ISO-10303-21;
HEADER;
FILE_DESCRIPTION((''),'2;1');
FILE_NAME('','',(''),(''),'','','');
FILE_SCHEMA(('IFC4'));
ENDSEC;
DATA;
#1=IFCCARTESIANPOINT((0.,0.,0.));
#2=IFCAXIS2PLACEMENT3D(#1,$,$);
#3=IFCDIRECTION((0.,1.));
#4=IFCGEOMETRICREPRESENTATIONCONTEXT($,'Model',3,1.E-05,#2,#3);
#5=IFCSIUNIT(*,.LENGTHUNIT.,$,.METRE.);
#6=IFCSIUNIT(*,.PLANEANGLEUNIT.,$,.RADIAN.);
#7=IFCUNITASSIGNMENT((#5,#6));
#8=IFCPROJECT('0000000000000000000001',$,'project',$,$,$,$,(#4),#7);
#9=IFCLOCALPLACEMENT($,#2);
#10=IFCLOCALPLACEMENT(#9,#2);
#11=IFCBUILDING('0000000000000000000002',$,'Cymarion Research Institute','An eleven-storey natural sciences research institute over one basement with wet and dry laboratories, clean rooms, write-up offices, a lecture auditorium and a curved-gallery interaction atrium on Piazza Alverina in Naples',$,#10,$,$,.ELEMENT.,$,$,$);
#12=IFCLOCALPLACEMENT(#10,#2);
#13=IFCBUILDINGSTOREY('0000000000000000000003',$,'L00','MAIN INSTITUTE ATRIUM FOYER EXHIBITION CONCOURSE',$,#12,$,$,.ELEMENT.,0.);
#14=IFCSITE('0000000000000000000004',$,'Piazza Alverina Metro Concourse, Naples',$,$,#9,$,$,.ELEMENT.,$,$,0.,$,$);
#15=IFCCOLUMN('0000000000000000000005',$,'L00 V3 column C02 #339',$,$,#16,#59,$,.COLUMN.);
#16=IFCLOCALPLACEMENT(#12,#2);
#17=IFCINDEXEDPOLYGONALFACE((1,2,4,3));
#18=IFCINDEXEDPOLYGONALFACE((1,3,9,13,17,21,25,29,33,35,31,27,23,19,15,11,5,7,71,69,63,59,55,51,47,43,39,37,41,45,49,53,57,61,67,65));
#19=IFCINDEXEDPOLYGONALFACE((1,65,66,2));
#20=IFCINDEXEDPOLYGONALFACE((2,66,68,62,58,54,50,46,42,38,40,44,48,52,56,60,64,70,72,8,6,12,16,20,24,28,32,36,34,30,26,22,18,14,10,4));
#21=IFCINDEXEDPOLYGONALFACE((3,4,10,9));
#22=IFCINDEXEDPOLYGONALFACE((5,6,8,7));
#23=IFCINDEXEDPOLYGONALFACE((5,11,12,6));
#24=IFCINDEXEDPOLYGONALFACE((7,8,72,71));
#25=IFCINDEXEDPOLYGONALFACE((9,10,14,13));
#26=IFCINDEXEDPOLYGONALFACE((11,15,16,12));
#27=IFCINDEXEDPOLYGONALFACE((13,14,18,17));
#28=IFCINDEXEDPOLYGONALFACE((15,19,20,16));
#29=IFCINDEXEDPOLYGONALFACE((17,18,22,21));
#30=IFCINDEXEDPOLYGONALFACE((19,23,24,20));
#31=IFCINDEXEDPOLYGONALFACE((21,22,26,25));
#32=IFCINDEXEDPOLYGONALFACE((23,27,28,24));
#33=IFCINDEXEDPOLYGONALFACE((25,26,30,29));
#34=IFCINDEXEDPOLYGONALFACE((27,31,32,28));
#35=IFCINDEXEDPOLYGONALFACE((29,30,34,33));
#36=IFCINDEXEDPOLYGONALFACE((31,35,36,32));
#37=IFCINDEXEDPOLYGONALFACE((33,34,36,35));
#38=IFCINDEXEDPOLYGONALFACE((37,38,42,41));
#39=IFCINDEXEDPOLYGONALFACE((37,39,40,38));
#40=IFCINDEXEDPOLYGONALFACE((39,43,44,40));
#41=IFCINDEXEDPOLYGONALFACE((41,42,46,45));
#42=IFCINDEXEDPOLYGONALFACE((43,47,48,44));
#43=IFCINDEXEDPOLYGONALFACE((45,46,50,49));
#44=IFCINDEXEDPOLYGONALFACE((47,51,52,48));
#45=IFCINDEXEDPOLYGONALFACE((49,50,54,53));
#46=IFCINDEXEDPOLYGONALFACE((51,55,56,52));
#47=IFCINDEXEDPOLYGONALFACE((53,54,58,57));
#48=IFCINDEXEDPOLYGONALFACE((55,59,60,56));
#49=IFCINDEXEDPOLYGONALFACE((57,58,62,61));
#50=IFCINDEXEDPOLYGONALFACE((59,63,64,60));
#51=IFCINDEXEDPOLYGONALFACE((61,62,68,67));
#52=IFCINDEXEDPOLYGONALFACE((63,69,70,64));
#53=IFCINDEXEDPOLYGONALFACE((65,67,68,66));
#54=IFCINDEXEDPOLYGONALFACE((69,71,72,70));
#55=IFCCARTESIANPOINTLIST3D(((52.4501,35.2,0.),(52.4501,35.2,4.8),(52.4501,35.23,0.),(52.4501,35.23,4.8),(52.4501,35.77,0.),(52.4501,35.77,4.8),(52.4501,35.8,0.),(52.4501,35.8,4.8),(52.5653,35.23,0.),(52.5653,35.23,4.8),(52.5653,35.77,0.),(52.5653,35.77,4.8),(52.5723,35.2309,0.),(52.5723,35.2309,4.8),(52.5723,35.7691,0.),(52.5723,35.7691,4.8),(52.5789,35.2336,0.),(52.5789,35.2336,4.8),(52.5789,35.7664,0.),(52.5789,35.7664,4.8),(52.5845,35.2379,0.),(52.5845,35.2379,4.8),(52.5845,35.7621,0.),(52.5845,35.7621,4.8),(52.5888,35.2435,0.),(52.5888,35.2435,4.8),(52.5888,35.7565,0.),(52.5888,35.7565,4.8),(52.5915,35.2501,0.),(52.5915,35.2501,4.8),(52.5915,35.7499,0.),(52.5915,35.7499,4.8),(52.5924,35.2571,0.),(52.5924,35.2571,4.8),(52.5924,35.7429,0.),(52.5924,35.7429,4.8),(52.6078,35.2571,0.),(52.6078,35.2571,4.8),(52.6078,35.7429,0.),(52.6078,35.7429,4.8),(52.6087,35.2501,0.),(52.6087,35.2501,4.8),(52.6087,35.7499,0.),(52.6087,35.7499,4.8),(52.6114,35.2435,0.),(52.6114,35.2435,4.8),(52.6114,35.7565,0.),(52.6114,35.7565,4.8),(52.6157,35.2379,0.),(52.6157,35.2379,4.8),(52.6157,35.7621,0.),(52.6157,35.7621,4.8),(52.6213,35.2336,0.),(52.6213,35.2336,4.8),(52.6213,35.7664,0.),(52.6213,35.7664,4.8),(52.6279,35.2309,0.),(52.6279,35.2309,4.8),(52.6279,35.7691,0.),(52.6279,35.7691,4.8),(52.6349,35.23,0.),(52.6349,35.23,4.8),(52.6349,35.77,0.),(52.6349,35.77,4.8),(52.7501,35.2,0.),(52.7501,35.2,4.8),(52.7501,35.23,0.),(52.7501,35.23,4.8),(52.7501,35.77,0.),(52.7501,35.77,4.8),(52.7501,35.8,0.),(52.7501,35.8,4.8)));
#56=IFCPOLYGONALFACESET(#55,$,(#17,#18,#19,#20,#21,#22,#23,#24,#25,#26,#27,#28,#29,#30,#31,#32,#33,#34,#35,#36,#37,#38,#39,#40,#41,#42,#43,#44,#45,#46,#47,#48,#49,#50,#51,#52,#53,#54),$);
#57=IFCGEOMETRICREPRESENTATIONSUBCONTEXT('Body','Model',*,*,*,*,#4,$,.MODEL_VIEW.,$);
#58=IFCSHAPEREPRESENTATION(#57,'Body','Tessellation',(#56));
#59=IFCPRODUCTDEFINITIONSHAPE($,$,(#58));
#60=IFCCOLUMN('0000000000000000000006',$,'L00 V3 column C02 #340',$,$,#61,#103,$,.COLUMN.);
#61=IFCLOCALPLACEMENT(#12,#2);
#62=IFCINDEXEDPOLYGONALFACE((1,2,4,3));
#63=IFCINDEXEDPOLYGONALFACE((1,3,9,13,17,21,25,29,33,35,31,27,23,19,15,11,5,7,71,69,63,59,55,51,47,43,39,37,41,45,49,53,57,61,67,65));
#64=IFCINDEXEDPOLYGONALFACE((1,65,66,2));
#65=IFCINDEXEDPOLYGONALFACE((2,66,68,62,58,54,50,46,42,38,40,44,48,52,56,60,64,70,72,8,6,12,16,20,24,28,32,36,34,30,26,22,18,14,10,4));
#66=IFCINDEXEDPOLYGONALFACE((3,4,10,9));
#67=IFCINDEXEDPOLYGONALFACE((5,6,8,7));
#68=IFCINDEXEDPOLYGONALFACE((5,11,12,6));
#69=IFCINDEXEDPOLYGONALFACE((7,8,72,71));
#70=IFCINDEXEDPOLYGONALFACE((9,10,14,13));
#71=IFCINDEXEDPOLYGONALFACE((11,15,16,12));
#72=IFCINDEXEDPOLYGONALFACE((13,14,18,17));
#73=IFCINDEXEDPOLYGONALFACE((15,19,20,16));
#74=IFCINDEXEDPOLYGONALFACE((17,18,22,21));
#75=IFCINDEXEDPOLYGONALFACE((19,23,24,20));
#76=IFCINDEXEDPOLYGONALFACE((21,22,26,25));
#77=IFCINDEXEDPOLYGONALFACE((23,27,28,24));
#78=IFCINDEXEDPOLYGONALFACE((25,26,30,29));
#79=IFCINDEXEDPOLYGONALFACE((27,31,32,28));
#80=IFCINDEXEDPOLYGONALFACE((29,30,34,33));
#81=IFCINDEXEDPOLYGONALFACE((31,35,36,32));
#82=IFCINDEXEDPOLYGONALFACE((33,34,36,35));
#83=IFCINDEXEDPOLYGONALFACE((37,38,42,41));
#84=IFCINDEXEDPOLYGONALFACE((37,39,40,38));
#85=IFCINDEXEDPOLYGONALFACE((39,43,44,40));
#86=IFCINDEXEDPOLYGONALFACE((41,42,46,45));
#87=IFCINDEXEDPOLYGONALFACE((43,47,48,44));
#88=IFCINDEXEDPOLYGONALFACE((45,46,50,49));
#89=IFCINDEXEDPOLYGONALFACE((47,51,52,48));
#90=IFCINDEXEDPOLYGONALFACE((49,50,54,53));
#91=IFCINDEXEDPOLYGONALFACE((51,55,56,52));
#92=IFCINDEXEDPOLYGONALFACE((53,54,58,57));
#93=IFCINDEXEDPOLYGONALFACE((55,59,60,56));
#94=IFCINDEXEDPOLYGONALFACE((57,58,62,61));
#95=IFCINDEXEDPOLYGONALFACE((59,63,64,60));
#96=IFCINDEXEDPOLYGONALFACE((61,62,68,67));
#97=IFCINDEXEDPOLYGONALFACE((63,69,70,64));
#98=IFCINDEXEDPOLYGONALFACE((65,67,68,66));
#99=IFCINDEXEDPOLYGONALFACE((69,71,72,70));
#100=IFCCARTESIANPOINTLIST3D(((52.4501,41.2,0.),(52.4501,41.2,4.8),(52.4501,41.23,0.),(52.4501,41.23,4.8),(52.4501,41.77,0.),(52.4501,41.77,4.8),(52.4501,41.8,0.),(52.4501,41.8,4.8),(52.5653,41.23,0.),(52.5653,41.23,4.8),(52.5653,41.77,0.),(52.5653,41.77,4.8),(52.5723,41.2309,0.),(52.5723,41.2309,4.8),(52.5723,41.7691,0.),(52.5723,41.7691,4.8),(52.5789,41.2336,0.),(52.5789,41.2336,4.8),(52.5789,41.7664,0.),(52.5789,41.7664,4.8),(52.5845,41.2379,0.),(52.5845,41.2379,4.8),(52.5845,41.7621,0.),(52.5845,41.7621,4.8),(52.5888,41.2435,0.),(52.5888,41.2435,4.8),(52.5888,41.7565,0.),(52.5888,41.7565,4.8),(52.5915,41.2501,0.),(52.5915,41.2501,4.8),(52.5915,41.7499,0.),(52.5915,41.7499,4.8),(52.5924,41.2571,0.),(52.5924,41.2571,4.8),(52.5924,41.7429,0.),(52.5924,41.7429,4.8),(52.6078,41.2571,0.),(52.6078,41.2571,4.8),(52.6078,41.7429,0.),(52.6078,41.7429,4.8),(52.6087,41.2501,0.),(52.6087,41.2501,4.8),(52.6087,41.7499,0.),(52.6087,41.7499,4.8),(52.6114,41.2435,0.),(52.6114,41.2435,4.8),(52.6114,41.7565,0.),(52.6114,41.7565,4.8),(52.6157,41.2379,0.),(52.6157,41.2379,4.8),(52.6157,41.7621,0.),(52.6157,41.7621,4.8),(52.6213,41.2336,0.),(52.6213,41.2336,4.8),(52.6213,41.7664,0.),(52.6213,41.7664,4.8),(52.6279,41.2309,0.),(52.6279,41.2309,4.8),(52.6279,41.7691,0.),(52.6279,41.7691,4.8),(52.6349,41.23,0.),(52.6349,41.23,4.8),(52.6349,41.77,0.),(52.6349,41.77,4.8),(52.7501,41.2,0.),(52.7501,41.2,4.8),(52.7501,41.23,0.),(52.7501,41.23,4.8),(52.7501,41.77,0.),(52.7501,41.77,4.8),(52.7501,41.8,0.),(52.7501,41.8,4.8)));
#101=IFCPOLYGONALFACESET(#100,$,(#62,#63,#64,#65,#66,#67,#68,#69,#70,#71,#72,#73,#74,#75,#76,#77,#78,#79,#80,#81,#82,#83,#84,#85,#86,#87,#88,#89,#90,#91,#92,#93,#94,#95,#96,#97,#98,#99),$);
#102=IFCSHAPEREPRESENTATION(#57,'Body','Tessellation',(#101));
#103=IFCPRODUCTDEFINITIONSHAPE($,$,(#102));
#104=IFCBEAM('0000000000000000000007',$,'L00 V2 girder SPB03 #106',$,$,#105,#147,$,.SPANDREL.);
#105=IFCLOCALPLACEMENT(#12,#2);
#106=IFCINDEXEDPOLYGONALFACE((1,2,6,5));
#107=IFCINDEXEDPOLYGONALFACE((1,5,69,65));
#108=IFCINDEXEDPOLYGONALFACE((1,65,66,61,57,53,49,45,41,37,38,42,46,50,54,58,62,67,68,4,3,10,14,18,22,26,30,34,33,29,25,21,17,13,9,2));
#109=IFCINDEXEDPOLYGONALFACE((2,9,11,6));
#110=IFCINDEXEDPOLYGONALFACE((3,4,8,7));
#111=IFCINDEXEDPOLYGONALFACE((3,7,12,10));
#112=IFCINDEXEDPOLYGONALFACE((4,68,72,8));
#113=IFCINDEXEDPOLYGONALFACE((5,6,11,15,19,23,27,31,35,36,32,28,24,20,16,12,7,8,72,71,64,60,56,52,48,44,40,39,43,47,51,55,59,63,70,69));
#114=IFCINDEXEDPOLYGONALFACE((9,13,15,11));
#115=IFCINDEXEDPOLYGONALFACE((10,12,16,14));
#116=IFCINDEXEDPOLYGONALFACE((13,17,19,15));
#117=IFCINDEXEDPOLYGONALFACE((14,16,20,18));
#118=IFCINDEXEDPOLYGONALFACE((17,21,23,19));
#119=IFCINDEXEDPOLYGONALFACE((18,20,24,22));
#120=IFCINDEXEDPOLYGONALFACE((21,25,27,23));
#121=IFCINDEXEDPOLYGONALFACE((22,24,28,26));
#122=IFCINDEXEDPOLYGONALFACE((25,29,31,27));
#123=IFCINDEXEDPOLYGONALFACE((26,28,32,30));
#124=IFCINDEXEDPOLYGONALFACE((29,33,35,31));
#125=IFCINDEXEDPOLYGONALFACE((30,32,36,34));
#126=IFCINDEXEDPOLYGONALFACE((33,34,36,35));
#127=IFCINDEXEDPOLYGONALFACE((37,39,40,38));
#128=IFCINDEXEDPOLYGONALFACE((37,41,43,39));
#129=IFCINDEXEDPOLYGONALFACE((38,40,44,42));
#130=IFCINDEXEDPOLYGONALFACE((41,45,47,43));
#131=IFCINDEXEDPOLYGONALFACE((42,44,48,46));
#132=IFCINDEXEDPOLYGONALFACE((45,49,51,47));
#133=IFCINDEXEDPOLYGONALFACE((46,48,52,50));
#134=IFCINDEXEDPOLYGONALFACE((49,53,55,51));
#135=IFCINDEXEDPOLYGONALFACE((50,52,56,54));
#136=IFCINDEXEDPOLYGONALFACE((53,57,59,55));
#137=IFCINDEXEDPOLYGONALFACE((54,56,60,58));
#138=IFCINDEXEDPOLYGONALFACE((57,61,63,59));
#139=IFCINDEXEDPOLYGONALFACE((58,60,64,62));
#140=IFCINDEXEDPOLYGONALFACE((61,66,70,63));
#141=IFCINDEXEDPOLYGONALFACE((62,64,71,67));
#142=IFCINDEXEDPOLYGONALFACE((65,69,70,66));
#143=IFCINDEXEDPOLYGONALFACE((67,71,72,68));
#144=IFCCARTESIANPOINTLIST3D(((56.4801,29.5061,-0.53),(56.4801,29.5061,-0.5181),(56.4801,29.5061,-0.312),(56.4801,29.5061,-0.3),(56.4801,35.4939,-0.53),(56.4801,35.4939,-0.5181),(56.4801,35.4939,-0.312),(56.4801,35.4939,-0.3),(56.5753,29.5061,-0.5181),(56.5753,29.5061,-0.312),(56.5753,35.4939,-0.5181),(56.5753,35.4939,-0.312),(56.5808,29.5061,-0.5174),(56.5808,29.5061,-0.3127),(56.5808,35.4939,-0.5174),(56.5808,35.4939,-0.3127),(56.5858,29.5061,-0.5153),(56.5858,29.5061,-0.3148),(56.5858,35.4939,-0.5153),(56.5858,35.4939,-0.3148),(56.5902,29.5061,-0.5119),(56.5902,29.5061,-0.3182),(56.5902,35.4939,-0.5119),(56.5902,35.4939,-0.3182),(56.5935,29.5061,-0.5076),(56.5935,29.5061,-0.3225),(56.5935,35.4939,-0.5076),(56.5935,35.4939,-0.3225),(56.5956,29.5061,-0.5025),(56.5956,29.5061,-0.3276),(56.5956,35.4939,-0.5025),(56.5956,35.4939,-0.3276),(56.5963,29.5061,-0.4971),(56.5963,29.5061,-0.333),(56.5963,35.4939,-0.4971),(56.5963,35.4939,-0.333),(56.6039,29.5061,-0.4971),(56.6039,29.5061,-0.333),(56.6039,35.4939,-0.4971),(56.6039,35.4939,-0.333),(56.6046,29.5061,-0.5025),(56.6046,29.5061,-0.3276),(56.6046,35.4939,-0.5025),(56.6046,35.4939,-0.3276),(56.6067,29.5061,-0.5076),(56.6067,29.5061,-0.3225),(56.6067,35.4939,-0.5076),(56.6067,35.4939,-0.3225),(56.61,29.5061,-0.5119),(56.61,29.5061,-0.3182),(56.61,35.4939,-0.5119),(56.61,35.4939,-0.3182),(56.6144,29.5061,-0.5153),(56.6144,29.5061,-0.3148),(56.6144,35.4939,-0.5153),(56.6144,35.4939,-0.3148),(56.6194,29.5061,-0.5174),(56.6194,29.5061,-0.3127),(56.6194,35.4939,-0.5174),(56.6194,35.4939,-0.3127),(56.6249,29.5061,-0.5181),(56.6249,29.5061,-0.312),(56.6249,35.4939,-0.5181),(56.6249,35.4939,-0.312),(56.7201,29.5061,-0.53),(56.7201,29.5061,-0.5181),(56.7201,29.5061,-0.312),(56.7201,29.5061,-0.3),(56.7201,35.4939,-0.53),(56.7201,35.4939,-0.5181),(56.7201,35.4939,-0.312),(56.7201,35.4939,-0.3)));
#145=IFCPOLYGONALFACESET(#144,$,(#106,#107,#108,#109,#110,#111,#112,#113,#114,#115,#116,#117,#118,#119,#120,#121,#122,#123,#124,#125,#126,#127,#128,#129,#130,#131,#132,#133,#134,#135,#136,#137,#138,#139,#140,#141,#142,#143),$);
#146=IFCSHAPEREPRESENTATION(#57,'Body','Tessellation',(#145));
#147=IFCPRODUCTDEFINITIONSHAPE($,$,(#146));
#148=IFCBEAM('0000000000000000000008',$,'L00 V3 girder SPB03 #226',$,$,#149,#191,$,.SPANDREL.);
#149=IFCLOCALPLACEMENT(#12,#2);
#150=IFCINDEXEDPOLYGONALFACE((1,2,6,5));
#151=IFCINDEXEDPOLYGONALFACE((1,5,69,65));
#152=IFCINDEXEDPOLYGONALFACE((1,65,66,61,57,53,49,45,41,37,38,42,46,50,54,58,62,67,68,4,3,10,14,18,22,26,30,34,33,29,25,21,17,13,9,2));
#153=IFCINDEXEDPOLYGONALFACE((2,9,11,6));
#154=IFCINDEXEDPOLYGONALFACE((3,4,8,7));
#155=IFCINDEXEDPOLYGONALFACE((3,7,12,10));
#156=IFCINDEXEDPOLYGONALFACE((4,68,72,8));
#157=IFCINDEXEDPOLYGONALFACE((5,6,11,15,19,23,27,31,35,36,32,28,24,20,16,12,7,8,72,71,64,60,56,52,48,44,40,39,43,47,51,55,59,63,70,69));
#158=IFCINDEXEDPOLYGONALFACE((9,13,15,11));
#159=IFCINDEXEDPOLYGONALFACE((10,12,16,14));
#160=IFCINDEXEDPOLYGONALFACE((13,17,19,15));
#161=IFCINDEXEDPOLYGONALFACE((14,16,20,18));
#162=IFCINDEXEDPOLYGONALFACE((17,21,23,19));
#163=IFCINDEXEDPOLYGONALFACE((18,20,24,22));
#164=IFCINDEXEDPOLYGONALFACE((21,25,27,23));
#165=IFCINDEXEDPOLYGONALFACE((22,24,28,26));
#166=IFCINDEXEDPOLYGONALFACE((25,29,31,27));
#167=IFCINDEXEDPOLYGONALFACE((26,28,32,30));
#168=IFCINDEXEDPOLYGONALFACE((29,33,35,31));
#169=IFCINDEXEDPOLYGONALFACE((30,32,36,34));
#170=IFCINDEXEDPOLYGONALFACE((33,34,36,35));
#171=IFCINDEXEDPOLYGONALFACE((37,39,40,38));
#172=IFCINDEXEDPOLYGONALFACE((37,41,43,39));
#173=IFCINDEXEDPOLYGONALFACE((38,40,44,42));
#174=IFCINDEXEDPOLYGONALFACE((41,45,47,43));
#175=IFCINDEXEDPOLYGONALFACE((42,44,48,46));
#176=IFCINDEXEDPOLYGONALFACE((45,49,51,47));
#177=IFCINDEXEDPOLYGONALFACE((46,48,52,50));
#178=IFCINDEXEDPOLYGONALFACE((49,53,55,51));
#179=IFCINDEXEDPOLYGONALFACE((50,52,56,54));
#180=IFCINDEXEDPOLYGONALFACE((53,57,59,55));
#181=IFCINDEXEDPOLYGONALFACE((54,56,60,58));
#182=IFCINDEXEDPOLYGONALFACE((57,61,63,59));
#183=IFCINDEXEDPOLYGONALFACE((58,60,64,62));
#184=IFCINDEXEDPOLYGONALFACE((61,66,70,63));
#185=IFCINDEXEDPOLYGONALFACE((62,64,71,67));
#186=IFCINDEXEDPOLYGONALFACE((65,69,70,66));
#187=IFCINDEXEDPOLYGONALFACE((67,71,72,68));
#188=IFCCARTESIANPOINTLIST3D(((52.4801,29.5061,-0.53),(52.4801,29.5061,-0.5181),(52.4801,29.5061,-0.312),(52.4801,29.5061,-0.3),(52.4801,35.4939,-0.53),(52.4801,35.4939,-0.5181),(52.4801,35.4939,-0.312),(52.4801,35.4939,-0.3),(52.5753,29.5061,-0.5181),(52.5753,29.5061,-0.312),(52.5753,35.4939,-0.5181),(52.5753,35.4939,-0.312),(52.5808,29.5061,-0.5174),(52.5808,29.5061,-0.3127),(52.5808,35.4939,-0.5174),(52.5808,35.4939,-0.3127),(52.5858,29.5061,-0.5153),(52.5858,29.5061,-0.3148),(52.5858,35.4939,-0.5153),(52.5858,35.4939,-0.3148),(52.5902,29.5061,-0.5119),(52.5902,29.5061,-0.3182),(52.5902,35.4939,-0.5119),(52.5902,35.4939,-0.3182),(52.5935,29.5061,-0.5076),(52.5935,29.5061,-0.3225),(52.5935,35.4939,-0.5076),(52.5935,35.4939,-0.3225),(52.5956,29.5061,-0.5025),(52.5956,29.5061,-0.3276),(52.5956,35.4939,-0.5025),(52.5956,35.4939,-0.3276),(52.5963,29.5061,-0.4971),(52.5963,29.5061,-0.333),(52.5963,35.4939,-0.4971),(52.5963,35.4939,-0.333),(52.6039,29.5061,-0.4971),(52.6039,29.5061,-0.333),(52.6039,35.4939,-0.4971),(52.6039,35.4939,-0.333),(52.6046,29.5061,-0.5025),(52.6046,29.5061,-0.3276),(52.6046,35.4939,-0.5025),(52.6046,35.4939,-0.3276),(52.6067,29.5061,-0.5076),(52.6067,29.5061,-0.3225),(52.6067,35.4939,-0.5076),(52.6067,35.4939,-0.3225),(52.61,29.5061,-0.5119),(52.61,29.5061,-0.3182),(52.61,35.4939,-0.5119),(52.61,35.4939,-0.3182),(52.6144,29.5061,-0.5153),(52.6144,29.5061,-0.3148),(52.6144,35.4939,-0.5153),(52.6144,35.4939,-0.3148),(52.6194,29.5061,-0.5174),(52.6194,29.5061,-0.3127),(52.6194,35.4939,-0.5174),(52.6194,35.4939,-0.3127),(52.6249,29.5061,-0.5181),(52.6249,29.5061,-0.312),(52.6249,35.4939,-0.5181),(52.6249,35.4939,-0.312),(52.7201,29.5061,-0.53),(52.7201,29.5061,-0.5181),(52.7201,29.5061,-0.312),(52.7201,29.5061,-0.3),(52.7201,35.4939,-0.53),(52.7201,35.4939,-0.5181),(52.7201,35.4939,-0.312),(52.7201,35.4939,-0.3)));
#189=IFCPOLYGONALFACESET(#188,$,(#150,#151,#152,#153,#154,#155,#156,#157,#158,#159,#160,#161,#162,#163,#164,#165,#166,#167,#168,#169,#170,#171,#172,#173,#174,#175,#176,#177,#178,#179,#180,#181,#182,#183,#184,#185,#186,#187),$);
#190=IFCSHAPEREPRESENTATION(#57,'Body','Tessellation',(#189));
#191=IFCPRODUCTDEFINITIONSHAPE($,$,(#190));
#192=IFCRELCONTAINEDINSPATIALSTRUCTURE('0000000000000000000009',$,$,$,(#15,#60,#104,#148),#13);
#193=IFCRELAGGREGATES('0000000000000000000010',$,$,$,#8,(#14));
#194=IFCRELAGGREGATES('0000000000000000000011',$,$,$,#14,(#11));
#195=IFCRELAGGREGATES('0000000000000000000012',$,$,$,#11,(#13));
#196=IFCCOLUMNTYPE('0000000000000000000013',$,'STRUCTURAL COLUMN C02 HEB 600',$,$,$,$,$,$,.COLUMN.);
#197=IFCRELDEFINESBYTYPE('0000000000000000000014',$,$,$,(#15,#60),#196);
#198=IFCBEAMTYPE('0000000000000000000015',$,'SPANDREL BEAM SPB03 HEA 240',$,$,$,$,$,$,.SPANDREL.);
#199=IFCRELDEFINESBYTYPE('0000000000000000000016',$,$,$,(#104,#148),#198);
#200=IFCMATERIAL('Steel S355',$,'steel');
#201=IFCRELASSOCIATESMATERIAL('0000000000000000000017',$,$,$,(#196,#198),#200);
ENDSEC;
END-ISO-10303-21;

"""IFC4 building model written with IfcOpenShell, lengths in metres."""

from ifc_helpers import new_model, si_unit, direction, frame, origin, origin_2d, place, context, subcontext, project, spatial, i_section, extrude, material, material_profile, profile_set, type_object, element, save


model = new_model("IFC4")

# Units and contexts
model_context = context("Model", 3, precision=1e-05, world=origin(), true_north=direction((0.0, 1.0)))
body_context = subcontext(model_context, "Body", "Model", "MODEL_VIEW")
ifc_project = project(units=[si_unit("LENGTHUNIT", "METRE"), si_unit("PLANEANGLEUNIT", "RADIAN")], contexts=[model_context])

# Site, building, storey
site_placement = place(None, origin())
site = spatial("IfcSite", under=ifc_project, at=site_placement, Name="Piazza Alverina Metro Concourse, Naples", CompositionType="ELEMENT", RefElevation=0.0)
building_placement = place(site_placement, origin())
building = spatial("IfcBuilding", under=site, at=building_placement, Name="Cymarion Research Institute", Description="An eleven-storey natural sciences research institute over one basement with wet and dry laboratories, clean rooms, write-up offices, a lecture auditorium and a curved-gallery interaction atrium on Piazza Alverina in Naples", CompositionType="ELEMENT")
storey_placement = place(building_placement, origin())
storey = spatial("IfcBuildingStorey", under=building, at=storey_placement, Name="L00", Description="MAIN INSTITUTE ATRIUM FOYER EXHIBITION CONCOURSE", CompositionType="ELEMENT", Elevation=0.0)

# Columns
ifc_material_1 = material(Name="Steel S355", Category="steel")
ifc_material_profile_1 = material_profile(ifc_material_1, i_section(OverallWidth=0.3, OverallDepth=0.6001, WebThickness=0.0154, FlangeThickness=0.03, FilletRadius=0.0271, at=origin_2d()), Name="HEB 600")
ifc_profile_set_1 = profile_set([ifc_material_profile_1], Name="Steel S355")
column_type = type_object("IfcColumnType", Name="STRUCTURAL COLUMN C02 HEB 600", PredefinedType="COLUMN", material=ifc_profile_set_1)
for number, where, z_axis, x_axis, name in (
    (1, (52.6001, 35.5, 0.0), (0.0, 0.0, 1.0), (1.0, 0.0, 0.0), "L00 V3 column C02 #339"),
    (2, (52.6001, 41.5, 0.0), (0.0, 0.0, 1.0), (1.0, 0.0, 0.0), "L00 V3 column C02 #340"),
):
    element("IfcColumn", number, at=place(storey_placement, frame(where, z_axis=z_axis, x_axis=x_axis)), inside=storey, type_object=column_type, Name=name, PredefinedType="COLUMN", context=body_context, shape_type="SweptSolid", body=[
        extrude(i_section(OverallWidth=0.3, OverallDepth=0.6001, WebThickness=0.0154, FlangeThickness=0.03, FilletRadius=0.0271, at=origin_2d()), origin(), (0.0, 0.0, 1.0), 4.8),
    ])

# Beams
ifc_material_profile_2 = material_profile(ifc_material_1, i_section(OverallWidth=0.24, OverallDepth=0.23, WebThickness=0.0076, FlangeThickness=0.012, FilletRadius=0.021, at=origin_2d()), Name="HEA 240")
ifc_profile_set_2 = profile_set([ifc_material_profile_2], Name="Steel S355")
beam_type = type_object("IfcBeamType", Name="SPANDREL BEAM SPB03 HEA 240", PredefinedType="SPANDREL", material=ifc_profile_set_2)
for number, where, z_axis, x_axis, name in (
    (3, (56.6001, 29.5061, -0.415), (0.0, 1.0, 0.0), (-1.0, 0.0, 0.0), "L00 V2 girder SPB03 #106"),
    (4, (52.6001, 29.5061, -0.415), (0.0, 1.0, 0.0), (-1.0, 0.0, 0.0), "L00 V3 girder SPB03 #226"),
):
    element("IfcBeam", number, at=place(storey_placement, frame(where, z_axis=z_axis, x_axis=x_axis)), inside=storey, type_object=beam_type, Name=name, PredefinedType="SPANDREL", context=body_context, shape_type="SweptSolid", body=[
        extrude(i_section(OverallWidth=0.24, OverallDepth=0.23, WebThickness=0.0076, FlangeThickness=0.012, FilletRadius=0.021, at=origin_2d()), origin(), (0.0, 0.0, 1.0), 5.9878),
    ])

save(model, "model.ifc")
